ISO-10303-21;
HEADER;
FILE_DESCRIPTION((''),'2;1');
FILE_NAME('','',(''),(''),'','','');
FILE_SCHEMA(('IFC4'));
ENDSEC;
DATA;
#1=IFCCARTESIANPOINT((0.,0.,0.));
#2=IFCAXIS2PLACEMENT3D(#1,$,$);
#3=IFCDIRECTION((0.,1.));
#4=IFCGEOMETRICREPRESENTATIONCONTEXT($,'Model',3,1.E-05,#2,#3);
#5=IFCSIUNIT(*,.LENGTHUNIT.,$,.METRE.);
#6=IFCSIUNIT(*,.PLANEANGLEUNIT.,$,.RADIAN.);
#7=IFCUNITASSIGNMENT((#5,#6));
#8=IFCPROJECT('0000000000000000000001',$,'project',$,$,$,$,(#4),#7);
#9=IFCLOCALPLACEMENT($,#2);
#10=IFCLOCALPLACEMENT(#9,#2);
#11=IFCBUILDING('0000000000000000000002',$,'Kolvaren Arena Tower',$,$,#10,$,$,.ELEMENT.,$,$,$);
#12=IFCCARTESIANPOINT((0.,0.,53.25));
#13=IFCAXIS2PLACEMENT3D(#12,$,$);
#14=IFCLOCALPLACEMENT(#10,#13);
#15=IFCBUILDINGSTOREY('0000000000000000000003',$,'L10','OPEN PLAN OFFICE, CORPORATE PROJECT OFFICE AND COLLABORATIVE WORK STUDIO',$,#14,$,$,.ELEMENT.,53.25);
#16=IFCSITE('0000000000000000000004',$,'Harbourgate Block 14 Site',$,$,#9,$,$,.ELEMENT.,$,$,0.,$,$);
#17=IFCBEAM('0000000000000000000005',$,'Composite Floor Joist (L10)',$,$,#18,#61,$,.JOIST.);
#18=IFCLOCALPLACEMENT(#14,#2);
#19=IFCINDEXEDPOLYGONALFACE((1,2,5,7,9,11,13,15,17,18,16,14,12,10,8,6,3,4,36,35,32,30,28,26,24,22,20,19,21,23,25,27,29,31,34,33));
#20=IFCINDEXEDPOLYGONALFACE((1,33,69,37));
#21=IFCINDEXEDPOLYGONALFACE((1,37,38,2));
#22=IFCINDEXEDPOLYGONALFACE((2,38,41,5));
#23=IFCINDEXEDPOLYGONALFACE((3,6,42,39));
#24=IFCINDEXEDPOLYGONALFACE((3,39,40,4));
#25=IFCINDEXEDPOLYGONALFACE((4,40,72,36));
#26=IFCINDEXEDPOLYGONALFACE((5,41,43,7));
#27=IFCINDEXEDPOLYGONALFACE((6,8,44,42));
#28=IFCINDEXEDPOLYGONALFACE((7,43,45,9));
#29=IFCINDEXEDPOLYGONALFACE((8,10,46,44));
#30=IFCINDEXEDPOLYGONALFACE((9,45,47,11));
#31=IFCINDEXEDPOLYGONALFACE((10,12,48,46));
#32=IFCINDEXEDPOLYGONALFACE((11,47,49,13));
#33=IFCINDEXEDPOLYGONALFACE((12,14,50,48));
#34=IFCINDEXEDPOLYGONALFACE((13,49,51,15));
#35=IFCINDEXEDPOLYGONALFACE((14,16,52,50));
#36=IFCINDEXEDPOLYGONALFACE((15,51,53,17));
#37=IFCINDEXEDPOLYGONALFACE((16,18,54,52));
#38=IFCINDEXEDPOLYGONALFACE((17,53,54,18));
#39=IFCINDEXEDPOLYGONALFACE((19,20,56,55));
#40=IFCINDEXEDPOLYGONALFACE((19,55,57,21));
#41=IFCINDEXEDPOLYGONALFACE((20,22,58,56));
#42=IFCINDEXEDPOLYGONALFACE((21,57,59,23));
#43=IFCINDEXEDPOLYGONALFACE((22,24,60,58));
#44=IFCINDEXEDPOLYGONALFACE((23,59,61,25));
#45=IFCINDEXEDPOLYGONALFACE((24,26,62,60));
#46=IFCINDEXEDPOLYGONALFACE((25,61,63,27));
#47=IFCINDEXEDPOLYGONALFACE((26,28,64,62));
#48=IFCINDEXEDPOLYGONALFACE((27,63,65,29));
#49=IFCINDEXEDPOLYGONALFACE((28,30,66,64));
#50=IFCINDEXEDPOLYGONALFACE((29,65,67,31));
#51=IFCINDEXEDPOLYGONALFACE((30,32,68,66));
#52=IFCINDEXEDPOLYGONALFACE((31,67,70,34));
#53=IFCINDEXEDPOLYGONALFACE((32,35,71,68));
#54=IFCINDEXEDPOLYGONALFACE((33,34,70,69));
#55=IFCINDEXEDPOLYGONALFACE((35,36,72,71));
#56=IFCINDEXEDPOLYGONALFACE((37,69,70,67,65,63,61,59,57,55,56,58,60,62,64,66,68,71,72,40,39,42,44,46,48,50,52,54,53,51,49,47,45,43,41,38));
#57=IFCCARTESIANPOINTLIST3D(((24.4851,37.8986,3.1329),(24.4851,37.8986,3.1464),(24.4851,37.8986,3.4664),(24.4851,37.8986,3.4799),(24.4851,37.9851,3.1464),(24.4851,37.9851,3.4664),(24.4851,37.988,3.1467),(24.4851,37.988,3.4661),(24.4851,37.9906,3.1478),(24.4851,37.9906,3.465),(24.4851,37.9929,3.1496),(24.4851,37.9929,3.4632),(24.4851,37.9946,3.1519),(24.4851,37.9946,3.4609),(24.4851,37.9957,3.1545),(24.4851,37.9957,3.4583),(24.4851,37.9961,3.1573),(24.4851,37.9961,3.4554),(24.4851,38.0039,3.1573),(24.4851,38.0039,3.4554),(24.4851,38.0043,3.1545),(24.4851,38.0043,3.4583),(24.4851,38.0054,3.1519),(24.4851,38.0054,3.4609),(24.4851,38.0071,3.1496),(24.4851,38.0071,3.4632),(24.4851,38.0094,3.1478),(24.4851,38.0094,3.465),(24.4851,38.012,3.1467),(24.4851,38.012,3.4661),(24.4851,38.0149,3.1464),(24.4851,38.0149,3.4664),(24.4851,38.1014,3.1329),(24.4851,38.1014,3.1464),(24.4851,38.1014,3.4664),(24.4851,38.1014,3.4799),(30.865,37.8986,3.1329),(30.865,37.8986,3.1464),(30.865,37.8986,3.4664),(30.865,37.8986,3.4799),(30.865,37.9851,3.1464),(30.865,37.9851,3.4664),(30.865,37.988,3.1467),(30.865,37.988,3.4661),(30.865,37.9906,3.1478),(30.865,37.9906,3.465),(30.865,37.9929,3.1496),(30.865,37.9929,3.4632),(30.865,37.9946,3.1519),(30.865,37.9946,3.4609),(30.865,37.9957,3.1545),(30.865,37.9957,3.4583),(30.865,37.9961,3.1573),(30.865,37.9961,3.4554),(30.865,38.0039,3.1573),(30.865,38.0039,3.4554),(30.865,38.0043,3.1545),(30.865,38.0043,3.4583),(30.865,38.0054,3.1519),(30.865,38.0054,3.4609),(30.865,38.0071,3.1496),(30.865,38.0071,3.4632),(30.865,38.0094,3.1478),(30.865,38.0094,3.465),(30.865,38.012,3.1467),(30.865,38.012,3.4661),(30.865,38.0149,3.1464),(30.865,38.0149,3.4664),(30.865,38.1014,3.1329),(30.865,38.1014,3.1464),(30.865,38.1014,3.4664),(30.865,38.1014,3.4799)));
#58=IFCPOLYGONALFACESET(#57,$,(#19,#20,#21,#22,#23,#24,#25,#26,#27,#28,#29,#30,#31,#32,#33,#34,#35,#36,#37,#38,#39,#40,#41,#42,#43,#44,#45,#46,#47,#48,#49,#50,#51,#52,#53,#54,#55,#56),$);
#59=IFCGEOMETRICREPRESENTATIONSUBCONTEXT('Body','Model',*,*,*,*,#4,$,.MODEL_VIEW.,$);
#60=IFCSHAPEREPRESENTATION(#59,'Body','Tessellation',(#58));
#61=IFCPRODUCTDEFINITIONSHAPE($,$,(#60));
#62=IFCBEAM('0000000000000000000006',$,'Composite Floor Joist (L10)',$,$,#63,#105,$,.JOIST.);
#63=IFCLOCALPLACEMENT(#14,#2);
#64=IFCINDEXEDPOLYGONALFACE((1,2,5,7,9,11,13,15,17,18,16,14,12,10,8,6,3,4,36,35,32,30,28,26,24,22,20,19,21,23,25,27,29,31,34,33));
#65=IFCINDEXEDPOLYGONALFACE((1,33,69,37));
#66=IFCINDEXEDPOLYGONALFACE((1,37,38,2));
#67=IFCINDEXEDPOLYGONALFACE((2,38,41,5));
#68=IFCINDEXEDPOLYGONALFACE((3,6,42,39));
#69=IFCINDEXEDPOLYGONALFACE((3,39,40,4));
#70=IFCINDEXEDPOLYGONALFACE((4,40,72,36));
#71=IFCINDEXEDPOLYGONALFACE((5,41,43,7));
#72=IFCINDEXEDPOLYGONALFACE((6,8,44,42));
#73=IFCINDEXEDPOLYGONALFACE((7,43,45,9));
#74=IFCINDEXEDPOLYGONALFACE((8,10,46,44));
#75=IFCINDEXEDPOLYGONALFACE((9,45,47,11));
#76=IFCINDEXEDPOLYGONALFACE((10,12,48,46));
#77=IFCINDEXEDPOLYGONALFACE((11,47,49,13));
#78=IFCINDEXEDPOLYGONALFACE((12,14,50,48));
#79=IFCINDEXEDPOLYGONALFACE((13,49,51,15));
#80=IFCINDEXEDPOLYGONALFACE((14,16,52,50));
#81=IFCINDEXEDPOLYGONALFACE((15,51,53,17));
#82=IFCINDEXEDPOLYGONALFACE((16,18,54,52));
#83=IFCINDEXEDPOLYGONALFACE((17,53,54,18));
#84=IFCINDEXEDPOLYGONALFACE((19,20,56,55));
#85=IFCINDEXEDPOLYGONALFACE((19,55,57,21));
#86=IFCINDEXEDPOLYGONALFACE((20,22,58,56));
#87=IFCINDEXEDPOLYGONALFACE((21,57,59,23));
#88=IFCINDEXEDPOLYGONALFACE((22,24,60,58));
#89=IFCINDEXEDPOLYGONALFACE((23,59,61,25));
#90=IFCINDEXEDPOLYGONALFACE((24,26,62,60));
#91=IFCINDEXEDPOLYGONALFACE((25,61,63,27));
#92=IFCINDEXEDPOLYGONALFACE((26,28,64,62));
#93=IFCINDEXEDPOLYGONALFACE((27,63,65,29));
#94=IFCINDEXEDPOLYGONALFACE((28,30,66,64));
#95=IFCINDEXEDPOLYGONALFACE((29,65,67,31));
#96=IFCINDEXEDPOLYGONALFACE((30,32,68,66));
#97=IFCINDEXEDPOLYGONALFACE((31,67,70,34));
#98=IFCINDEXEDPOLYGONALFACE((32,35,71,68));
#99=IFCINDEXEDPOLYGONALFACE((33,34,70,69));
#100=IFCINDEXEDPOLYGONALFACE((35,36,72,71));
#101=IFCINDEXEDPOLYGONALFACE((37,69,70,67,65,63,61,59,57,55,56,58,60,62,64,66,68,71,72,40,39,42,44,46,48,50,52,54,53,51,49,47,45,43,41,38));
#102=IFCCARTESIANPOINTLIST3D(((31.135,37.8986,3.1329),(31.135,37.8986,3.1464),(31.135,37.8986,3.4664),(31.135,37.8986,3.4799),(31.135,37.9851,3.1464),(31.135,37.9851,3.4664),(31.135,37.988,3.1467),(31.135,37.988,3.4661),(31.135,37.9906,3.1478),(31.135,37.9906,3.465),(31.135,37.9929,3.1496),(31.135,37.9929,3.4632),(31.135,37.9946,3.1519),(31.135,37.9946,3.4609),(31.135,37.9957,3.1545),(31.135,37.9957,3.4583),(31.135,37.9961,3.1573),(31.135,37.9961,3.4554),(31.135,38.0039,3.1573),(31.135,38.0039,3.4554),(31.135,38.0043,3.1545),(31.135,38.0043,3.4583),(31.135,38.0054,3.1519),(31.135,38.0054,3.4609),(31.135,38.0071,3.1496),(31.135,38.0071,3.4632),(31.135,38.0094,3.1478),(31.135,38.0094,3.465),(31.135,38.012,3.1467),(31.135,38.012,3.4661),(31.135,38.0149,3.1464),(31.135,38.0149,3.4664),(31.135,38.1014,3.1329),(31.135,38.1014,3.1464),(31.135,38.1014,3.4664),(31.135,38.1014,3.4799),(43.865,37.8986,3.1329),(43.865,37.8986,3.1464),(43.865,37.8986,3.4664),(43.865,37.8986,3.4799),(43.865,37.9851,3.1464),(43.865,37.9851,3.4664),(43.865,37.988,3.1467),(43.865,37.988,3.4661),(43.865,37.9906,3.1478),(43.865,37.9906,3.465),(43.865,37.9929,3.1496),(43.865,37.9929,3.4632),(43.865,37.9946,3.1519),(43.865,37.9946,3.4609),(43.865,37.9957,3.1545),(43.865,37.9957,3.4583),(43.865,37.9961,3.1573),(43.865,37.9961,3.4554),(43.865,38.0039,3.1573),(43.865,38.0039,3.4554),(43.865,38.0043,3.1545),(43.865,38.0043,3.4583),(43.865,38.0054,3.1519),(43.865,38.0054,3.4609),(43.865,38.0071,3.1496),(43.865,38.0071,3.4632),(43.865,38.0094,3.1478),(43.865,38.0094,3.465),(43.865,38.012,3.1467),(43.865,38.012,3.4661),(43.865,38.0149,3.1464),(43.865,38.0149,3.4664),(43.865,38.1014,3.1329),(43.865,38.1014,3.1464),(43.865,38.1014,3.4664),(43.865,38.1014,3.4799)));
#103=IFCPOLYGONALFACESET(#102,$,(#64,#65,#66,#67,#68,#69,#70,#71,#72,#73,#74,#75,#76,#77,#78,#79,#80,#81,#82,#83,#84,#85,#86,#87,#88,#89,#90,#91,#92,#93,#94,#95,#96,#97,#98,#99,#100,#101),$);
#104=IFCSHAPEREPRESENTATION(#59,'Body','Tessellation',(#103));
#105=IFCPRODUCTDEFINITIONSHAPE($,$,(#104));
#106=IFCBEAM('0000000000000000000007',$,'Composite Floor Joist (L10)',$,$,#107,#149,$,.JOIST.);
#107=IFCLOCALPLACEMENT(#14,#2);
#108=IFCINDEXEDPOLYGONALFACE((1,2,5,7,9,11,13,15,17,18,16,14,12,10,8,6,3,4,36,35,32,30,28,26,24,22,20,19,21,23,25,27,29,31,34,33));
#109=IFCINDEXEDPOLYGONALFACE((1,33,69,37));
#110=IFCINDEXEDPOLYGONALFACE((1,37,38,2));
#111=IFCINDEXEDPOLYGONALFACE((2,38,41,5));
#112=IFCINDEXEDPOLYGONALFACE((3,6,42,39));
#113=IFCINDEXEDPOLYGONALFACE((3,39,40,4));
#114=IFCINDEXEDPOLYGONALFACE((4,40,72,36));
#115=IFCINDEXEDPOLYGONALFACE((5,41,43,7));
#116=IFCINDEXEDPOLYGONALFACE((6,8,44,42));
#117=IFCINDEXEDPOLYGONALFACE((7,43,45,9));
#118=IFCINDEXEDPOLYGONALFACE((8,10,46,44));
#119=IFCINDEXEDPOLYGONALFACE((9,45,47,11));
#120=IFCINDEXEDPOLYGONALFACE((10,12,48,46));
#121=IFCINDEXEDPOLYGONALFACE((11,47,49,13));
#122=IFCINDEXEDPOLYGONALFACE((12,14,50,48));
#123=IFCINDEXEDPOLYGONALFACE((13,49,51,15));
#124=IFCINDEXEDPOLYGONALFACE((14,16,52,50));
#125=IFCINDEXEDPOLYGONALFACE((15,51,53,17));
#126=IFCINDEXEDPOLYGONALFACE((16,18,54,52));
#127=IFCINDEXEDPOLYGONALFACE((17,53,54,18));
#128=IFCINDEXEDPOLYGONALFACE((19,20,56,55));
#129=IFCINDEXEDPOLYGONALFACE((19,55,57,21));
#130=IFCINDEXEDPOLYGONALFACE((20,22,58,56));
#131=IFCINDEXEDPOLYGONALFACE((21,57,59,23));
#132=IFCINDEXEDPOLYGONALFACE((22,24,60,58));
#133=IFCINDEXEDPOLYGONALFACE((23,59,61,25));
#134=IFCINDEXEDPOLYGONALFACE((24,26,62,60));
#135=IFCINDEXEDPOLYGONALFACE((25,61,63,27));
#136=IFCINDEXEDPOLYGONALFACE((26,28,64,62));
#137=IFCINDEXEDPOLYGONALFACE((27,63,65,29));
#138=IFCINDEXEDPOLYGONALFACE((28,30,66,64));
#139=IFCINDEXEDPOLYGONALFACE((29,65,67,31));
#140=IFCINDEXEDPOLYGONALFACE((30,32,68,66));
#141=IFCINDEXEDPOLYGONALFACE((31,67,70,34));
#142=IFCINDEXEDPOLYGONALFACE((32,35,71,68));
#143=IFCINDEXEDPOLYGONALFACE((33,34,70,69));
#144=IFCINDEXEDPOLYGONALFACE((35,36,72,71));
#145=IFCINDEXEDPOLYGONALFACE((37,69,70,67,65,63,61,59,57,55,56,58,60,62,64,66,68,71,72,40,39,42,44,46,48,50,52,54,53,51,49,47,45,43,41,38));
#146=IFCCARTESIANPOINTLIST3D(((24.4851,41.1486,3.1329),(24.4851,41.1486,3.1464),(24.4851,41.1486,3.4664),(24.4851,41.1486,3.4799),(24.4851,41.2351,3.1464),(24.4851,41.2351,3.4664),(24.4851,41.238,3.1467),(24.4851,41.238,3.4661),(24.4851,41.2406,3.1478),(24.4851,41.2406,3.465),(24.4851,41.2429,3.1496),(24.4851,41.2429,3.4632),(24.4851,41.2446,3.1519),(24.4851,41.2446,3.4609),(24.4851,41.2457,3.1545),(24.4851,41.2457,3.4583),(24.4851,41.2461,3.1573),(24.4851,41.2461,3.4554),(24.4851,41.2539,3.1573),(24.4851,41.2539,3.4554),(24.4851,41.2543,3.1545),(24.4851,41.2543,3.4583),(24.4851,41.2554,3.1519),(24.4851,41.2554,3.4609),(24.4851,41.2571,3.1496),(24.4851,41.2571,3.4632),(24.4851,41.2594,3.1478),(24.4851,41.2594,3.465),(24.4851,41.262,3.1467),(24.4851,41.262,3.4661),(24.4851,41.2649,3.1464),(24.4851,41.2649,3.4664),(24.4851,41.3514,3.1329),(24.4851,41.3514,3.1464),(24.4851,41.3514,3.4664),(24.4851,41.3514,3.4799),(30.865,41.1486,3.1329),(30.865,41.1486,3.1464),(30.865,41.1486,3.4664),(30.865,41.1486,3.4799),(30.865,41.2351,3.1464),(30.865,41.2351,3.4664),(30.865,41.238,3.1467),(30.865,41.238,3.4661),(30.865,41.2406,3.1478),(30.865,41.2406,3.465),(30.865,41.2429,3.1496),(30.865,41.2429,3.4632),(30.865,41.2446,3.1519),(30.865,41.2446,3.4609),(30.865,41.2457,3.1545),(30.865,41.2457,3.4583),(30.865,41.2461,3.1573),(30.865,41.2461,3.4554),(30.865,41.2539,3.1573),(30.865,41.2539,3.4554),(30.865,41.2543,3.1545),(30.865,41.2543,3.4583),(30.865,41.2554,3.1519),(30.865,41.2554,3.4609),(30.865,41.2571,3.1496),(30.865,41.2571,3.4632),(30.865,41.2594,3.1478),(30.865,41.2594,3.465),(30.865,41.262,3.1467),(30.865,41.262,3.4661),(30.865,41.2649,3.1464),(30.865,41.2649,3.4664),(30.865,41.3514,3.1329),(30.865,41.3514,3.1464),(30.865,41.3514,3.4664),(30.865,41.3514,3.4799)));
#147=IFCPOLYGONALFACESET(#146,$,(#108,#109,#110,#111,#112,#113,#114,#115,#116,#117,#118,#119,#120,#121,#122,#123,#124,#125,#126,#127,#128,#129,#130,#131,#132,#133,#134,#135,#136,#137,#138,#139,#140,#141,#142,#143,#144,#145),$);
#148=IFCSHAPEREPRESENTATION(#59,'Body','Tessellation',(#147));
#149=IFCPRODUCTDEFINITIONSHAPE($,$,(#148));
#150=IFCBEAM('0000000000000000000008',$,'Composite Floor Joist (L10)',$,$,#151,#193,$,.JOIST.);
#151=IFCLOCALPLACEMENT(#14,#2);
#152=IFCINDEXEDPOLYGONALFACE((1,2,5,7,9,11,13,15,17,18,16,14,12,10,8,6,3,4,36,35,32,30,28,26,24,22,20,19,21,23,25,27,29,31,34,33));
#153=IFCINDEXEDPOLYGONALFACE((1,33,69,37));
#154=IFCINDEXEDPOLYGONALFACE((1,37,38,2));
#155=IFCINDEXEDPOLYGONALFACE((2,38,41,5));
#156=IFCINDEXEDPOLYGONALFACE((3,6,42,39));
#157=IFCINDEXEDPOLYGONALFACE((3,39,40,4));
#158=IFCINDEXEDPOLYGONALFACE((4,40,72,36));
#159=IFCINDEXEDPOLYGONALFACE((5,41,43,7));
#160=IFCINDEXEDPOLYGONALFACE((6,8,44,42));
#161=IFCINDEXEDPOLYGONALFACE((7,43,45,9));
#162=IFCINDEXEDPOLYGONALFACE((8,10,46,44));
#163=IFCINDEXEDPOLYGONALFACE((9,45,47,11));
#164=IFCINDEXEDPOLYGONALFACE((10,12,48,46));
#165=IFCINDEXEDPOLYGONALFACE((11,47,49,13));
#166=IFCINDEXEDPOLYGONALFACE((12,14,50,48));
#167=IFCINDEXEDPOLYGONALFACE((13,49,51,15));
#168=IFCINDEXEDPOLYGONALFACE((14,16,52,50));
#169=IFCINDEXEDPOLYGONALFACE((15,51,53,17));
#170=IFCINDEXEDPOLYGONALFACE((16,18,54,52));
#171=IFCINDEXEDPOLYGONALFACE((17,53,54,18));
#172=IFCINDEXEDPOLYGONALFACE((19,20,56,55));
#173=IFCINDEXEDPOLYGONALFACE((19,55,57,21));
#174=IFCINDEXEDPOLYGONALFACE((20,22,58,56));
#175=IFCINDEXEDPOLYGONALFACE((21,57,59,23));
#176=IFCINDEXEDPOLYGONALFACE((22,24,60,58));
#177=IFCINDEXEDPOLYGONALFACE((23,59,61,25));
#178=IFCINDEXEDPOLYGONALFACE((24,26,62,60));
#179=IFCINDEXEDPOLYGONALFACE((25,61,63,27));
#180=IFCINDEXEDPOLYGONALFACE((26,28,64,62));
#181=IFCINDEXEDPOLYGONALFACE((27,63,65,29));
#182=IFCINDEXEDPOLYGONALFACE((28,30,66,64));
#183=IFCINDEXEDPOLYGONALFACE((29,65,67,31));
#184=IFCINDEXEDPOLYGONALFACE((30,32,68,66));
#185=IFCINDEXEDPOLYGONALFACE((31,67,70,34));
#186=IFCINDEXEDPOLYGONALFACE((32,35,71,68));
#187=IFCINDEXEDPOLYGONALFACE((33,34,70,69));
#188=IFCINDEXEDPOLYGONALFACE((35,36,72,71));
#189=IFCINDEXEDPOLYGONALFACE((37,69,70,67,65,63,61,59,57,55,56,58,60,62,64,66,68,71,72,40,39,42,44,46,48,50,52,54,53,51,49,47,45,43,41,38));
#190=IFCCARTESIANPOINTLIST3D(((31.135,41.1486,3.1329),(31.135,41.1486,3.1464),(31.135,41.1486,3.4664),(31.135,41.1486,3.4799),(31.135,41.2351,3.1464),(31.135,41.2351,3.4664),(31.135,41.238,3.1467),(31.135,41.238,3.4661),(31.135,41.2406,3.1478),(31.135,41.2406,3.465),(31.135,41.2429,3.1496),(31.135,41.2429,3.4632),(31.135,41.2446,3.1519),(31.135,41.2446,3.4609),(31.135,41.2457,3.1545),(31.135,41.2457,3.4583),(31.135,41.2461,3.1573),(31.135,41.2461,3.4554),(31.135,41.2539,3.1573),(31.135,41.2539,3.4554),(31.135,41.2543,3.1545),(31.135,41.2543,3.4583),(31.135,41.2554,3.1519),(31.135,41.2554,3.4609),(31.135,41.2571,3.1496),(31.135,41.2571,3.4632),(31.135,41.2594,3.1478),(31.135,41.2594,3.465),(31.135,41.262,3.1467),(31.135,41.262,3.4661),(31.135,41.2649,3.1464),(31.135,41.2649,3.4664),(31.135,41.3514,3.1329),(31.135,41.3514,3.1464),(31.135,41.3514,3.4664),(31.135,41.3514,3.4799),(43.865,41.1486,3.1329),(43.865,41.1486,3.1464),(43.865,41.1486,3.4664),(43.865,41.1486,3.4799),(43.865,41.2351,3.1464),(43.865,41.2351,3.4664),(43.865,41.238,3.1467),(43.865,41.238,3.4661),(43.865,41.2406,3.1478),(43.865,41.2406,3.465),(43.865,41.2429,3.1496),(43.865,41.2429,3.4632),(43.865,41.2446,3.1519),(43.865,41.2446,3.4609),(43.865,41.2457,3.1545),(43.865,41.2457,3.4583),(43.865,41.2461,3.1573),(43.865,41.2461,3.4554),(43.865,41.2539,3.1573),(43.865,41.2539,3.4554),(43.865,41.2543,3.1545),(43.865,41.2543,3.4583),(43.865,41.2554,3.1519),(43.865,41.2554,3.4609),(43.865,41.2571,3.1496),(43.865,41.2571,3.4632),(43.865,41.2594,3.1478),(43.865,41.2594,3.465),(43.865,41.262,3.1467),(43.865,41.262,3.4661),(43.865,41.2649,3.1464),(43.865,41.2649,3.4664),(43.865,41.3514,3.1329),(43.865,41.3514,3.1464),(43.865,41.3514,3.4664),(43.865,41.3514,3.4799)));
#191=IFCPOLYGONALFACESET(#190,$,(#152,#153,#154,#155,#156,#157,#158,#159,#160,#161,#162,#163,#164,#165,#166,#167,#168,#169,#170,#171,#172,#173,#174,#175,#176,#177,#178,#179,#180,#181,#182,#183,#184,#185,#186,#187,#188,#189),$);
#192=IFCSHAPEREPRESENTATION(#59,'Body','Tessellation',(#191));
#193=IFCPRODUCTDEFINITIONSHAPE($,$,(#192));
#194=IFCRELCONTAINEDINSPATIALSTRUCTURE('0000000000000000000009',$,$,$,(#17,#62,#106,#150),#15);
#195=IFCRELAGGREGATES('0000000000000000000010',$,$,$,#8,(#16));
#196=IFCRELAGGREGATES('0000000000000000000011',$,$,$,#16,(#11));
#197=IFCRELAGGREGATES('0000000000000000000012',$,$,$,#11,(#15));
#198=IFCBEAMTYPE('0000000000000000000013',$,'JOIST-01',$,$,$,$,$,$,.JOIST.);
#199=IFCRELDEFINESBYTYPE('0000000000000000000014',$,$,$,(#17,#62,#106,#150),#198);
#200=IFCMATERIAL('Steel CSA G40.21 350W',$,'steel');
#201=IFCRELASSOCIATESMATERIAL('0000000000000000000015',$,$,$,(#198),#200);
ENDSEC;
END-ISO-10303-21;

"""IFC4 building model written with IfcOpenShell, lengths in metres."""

from ifc_helpers import new_model, si_unit, direction, frame, origin, origin_2d, place, context, subcontext, project, spatial, i_section, extrude, material, material_profile, profile_set, type_object, element, save


model = new_model("IFC4")

# Units and contexts
model_context = context("Model", 3, precision=1e-05, world=origin(), true_north=direction((0.0, 1.0)))
body_context = subcontext(model_context, "Body", "Model", "MODEL_VIEW")
ifc_project = project(units=[si_unit("LENGTHUNIT", "METRE"), si_unit("PLANEANGLEUNIT", "RADIAN")], contexts=[model_context])

# Site, building, storey
site_placement = place(None, origin())
site = spatial("IfcSite", under=ifc_project, at=site_placement, Name="Harbourgate Block 14 Site", CompositionType="ELEMENT", RefElevation=0.0)
building_placement = place(site_placement, origin())
building = spatial("IfcBuilding", under=site, at=building_placement, Name="Kolvaren Arena Tower", CompositionType="ELEMENT")
storey_placement = place(building_placement, frame((0.0, 0.0, 53.25)))
storey = spatial("IfcBuildingStorey", under=building, at=storey_placement, Name="L10", Description="OPEN PLAN OFFICE, CORPORATE PROJECT OFFICE AND COLLABORATIVE WORK STUDIO", CompositionType="ELEMENT", Elevation=53.25)

# Beams
ifc_material_1 = material(Name="Steel CSA G40.21 350W", Category="steel")
ifc_material_profile_1 = material_profile(ifc_material_1, i_section(OverallWidth=0.2029, OverallDepth=0.3469, WebThickness=0.0078, FlangeThickness=0.0134, FilletRadius=0.011, at=origin_2d()), Name="W360x64")
ifc_profile_set_1 = profile_set([ifc_material_profile_1], Name="Steel CSA G40.21 350W")
beam_type_1 = type_object("IfcBeamType", Name="JOIST-01", PredefinedType="JOIST", material=ifc_profile_set_1)
beam_1_placement = place(storey_placement, frame((24.4851, 38.0, 3.3064), z_axis=(1.0, 0.0, 0.0), x_axis=(0.0, 1.0, 0.0)))
element("IfcBeam", 1, at=beam_1_placement, inside=storey, type_object=beam_type_1, Name="Composite Floor Joist (L10)", PredefinedType="JOIST", context=body_context, shape_type="SweptSolid", body=[
    extrude(i_section(OverallWidth=0.2029, OverallDepth=0.3469, WebThickness=0.0078, FlangeThickness=0.0134, FilletRadius=0.011, at=origin_2d()), origin(), (0.0, 0.0, 1.0), 6.3799),
])
beam_2_placement = place(storey_placement, frame((31.135, 38.0, 3.3064), z_axis=(1.0, 0.0, 0.0), x_axis=(0.0, 1.0, 0.0)))
element("IfcBeam", 2, at=beam_2_placement, inside=storey, type_object=beam_type_1, Name="Composite Floor Joist (L10)", PredefinedType="JOIST", context=body_context, shape_type="SweptSolid", body=[
    extrude(i_section(OverallWidth=0.2029, OverallDepth=0.3469, WebThickness=0.0078, FlangeThickness=0.0134, FilletRadius=0.011, at=origin_2d()), origin(), (0.0, 0.0, 1.0), 12.73),
])
beam_3_placement = place(storey_placement, frame((24.4851, 41.25, 3.3064), z_axis=(1.0, 0.0, 0.0), x_axis=(0.0, 1.0, 0.0)))
element("IfcBeam", 3, at=beam_3_placement, inside=storey, type_object=beam_type_1, Name="Composite Floor Joist (L10)", PredefinedType="JOIST", context=body_context, shape_type="SweptSolid", body=[
    extrude(i_section(OverallWidth=0.2029, OverallDepth=0.3469, WebThickness=0.0078, FlangeThickness=0.0134, FilletRadius=0.011, at=origin_2d()), origin(), (0.0, 0.0, 1.0), 6.3799),
])
beam_4_placement = place(storey_placement, frame((31.135, 41.25, 3.3064), z_axis=(1.0, 0.0, 0.0), x_axis=(0.0, 1.0, 0.0)))
element("IfcBeam", 4, at=beam_4_placement, inside=storey, type_object=beam_type_1, Name="Composite Floor Joist (L10)", PredefinedType="JOIST", context=body_context, shape_type="SweptSolid", body=[
    extrude(i_section(OverallWidth=0.2029, OverallDepth=0.3469, WebThickness=0.0078, FlangeThickness=0.0134, FilletRadius=0.011, at=origin_2d()), origin(), (0.0, 0.0, 1.0), 12.73),
])

save(model, "model.ifc")
